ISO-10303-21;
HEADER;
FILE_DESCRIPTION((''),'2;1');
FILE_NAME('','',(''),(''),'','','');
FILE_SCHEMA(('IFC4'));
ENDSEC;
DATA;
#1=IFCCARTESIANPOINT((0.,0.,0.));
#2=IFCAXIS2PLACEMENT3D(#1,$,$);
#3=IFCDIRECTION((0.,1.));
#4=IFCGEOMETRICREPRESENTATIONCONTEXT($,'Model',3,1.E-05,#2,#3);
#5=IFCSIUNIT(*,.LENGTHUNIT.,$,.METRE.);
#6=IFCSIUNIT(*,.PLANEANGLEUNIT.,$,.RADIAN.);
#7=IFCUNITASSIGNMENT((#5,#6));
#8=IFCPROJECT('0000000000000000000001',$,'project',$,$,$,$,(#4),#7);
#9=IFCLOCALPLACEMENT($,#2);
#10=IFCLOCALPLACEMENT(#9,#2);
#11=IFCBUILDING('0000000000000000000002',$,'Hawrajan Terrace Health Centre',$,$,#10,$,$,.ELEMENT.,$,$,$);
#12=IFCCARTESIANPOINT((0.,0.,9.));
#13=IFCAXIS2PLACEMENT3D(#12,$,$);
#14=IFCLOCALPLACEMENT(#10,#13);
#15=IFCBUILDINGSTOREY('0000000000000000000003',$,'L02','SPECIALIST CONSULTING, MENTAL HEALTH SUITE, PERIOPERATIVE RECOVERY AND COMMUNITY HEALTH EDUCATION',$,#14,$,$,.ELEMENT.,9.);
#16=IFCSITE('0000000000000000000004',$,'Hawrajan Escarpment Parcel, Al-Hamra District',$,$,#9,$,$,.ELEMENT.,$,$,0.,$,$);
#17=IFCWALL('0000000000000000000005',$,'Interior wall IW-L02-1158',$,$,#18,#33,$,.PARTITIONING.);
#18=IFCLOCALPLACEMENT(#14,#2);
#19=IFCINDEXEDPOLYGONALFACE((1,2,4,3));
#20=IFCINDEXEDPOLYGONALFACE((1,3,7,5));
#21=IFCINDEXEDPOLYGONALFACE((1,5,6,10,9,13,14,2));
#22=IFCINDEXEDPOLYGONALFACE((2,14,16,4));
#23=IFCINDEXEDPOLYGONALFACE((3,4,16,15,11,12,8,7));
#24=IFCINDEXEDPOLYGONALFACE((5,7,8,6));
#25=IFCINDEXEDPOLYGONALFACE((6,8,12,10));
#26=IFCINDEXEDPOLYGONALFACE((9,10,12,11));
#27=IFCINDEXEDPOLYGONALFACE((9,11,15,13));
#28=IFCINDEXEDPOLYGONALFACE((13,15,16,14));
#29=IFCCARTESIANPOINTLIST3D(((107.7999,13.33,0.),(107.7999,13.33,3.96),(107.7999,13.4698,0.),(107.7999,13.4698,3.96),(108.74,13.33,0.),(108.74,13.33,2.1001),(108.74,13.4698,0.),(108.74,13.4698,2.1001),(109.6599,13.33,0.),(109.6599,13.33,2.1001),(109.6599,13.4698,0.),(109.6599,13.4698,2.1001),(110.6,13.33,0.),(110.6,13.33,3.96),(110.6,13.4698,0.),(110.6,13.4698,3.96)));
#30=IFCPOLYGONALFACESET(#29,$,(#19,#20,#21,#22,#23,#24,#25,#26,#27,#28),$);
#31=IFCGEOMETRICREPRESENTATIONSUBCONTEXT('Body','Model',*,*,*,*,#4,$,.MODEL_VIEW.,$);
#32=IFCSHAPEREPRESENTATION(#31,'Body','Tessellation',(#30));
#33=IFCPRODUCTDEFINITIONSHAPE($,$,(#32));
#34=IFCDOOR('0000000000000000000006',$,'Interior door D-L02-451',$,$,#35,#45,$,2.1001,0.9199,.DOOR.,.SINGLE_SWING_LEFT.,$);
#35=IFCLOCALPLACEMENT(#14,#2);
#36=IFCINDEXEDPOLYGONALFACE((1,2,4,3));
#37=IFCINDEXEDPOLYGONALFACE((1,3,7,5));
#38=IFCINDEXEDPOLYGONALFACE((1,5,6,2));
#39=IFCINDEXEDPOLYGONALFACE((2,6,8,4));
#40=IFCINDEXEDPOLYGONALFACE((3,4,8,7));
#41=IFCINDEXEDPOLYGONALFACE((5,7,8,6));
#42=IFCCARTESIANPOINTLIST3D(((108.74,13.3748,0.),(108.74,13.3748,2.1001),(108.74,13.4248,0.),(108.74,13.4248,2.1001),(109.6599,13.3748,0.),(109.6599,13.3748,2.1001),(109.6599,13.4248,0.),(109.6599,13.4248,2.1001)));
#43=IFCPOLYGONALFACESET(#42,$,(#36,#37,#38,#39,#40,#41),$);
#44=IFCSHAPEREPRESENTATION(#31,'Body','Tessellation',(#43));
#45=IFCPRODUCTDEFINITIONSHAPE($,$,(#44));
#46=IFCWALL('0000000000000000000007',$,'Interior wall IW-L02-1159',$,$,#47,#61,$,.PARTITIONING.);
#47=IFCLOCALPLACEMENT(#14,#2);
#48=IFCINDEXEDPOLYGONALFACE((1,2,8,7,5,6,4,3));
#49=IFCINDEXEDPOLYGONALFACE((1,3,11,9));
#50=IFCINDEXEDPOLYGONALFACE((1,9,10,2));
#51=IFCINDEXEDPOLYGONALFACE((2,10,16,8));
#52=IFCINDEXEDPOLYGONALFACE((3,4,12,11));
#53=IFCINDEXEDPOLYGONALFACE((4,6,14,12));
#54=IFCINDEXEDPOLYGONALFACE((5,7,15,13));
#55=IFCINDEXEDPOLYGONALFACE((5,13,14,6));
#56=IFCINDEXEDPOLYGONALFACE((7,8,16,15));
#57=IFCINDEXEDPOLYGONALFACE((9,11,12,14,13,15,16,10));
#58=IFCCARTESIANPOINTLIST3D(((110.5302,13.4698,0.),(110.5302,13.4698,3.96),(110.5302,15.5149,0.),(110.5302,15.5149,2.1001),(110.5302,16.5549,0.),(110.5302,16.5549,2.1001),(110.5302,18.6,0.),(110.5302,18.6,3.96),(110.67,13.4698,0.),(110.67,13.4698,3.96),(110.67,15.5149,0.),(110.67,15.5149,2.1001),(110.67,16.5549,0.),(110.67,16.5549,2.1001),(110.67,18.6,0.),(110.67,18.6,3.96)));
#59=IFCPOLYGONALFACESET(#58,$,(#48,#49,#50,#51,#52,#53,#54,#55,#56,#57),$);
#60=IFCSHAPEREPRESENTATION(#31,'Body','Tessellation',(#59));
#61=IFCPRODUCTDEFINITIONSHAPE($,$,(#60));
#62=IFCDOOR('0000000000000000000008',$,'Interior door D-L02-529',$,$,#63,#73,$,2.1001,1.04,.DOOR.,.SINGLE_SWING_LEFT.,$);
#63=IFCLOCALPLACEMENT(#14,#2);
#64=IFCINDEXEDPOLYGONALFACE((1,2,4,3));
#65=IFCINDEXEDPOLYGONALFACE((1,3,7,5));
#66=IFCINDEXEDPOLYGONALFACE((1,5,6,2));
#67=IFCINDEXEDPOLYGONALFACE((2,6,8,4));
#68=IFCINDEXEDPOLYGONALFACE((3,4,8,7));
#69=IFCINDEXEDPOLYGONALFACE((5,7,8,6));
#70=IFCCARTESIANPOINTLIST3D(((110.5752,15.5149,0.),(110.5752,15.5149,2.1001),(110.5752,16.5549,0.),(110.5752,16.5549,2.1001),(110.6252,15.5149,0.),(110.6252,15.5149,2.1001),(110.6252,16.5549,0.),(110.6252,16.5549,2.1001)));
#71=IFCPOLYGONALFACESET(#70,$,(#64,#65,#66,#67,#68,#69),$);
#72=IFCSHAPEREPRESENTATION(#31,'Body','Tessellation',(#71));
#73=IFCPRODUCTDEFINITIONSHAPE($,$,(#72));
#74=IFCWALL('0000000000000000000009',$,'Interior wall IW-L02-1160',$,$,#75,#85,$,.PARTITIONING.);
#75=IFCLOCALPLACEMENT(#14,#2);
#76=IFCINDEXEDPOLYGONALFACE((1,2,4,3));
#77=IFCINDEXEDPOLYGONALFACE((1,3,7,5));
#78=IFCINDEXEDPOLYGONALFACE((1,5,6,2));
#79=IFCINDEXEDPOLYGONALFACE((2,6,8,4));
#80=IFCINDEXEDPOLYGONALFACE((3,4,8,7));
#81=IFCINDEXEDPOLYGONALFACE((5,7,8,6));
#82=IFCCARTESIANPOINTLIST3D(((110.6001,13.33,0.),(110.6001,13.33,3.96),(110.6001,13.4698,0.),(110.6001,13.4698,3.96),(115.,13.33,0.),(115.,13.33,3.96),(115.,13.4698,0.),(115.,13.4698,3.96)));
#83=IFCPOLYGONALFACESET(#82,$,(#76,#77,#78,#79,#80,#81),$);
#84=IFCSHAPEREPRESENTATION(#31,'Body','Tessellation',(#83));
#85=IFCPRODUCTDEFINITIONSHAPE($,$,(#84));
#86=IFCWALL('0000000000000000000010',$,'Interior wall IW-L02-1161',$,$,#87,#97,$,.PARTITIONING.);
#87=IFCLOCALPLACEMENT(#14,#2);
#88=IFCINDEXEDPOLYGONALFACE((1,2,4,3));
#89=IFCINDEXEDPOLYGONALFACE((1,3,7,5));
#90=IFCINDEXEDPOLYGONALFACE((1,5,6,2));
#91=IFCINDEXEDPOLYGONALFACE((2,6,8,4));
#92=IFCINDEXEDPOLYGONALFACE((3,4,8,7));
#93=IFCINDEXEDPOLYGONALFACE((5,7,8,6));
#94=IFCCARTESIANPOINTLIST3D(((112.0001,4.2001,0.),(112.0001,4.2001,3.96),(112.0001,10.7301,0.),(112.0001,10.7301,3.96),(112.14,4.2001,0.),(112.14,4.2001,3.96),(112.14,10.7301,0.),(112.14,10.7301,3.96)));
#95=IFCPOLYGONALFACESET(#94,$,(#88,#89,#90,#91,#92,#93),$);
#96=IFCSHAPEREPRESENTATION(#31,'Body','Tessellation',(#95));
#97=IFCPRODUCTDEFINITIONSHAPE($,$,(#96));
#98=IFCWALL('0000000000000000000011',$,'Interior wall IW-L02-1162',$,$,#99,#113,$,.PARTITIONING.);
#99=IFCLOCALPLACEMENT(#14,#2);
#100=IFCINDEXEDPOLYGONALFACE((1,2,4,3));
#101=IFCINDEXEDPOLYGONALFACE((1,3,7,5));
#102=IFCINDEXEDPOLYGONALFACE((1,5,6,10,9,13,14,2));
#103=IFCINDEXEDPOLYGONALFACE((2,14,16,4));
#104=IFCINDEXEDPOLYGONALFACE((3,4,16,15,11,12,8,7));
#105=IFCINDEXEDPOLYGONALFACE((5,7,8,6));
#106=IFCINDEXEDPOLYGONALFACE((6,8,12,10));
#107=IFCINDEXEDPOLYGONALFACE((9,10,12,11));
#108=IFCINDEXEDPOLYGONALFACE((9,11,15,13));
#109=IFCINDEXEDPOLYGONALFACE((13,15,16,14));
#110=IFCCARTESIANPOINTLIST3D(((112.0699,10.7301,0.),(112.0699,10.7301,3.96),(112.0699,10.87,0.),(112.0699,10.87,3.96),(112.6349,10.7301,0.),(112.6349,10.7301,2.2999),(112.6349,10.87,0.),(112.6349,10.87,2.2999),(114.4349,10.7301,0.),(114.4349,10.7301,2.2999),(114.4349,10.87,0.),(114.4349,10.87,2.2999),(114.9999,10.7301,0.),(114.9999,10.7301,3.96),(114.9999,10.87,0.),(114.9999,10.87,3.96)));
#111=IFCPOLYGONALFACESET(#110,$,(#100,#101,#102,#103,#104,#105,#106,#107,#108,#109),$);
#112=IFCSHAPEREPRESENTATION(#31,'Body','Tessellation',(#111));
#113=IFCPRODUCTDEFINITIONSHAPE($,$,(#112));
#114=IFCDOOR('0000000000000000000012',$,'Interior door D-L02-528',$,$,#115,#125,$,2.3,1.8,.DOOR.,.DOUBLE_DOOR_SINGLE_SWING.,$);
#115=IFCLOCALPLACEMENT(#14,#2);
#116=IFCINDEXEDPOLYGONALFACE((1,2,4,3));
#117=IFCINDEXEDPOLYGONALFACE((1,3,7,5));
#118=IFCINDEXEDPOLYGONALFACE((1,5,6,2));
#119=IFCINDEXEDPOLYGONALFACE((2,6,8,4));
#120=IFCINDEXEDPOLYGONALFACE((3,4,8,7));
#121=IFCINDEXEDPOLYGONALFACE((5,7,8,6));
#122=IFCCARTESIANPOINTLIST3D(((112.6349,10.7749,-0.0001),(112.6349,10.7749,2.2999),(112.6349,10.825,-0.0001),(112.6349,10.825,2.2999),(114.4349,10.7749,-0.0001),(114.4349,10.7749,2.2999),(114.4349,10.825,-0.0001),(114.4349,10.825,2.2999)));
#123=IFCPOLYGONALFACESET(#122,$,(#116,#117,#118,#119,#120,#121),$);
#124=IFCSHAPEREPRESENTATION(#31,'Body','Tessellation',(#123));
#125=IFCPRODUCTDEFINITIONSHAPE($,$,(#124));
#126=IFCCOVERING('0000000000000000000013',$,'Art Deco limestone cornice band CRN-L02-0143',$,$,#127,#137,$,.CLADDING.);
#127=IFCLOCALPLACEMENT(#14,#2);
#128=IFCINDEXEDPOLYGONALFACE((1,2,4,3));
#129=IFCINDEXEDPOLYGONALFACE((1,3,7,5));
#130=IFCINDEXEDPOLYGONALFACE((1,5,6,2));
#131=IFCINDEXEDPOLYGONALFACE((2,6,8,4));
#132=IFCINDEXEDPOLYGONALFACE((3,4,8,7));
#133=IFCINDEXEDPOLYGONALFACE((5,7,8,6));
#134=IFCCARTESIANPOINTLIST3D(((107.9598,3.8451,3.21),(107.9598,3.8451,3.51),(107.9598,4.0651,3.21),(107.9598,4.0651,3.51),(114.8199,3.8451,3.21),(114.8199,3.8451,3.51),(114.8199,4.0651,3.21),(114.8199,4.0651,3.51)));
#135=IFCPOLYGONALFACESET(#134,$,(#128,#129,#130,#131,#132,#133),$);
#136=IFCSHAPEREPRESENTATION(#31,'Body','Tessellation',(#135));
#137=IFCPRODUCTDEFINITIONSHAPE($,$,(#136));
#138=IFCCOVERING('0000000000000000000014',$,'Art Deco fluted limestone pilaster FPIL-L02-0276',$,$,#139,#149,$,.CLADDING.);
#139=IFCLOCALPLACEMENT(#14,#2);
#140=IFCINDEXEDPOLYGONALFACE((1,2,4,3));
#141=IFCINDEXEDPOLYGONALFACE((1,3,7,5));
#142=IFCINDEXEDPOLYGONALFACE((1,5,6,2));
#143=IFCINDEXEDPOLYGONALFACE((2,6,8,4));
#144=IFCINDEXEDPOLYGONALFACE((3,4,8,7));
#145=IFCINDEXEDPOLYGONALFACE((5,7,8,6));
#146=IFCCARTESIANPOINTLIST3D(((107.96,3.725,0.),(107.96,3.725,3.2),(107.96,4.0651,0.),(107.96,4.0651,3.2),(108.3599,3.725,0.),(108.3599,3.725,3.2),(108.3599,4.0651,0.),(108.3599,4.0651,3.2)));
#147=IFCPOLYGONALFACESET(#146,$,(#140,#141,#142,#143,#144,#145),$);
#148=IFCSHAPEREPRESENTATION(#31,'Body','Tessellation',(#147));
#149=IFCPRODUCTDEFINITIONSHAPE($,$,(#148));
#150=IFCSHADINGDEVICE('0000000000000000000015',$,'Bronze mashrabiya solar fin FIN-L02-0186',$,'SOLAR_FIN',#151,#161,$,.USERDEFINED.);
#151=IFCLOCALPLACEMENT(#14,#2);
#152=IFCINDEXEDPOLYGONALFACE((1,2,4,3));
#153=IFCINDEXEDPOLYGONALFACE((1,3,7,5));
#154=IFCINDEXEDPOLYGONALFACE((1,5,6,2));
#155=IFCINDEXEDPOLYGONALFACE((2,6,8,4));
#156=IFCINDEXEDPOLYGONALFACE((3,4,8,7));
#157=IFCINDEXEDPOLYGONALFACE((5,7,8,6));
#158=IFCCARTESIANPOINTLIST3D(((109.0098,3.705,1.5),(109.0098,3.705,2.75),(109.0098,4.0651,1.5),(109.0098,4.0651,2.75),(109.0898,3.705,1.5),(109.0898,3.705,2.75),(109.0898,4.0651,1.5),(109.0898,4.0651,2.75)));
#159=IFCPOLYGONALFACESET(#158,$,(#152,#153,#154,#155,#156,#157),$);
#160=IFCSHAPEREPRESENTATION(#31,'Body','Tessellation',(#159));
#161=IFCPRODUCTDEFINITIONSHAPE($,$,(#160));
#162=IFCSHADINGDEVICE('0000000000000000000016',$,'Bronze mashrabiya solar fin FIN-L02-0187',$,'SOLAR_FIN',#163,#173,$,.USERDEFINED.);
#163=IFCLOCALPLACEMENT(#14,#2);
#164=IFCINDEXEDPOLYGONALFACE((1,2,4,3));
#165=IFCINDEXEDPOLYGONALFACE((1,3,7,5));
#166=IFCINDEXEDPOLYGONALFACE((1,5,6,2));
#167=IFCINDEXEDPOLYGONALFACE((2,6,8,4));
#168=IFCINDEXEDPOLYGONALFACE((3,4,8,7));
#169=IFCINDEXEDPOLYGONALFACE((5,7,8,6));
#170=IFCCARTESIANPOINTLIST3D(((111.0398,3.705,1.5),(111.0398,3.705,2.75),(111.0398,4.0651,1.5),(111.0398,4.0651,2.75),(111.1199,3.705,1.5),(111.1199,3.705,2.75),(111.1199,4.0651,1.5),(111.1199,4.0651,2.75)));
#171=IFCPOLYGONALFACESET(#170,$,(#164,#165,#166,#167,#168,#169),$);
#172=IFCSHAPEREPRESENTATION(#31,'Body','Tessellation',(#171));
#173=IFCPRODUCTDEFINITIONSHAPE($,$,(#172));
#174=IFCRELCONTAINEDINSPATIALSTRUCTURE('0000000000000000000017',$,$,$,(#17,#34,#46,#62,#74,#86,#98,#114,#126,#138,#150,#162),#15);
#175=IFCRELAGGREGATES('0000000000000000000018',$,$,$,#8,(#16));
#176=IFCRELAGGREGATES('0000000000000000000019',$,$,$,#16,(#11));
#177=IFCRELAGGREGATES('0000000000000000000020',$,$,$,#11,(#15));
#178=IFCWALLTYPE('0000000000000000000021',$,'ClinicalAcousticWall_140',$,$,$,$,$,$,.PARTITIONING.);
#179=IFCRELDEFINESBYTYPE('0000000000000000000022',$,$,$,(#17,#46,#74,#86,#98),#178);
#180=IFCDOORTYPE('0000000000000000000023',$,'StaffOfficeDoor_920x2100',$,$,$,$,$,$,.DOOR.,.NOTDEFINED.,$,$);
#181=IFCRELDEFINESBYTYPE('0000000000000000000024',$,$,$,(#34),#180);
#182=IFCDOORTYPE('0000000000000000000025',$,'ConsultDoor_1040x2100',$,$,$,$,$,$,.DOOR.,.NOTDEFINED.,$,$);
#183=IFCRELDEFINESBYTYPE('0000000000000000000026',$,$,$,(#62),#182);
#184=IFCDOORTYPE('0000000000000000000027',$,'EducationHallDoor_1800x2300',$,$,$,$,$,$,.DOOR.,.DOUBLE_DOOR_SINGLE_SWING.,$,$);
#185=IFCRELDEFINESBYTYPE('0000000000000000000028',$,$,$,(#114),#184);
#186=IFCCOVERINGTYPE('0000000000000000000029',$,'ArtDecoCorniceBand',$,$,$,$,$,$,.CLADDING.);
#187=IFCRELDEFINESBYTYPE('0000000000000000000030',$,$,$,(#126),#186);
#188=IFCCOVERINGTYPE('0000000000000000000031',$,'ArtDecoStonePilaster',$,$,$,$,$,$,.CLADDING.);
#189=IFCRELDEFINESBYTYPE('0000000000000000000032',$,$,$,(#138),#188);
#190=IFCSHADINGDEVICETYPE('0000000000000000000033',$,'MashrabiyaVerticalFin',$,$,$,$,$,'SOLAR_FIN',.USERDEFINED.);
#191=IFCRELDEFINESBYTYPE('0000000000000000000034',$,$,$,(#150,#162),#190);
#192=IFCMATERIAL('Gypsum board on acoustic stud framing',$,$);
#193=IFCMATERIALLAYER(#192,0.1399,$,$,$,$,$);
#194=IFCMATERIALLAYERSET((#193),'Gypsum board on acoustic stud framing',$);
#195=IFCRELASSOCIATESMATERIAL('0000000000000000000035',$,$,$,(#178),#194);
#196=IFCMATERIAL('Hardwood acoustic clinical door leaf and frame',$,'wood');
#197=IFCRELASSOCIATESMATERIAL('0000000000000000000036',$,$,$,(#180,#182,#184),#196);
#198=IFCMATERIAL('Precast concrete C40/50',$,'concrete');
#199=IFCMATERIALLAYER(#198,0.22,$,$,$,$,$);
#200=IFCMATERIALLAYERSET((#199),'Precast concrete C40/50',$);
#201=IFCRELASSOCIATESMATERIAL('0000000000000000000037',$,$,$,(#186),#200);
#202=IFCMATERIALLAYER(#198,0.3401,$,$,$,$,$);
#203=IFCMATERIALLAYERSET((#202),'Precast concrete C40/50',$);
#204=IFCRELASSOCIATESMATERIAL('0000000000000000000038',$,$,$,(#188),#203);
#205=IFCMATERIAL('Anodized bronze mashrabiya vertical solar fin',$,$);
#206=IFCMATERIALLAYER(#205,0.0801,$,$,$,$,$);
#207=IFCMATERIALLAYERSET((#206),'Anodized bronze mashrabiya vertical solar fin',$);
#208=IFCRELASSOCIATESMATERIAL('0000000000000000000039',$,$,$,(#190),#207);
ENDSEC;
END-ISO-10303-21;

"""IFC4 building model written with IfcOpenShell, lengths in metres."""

from ifc_helpers import new_model, si_unit, direction, frame, frame_2d, origin, origin_2d, place, context, subcontext, project, spatial, rectangle, extrude, material, layer, layer_set, type_object, element, fill, save


model = new_model("IFC4")

# Units and contexts
model_context = context("Model", 3, precision=1e-05, world=origin(), true_north=direction((0.0, 1.0)))
body_context = subcontext(model_context, "Body", "Model", "MODEL_VIEW")
ifc_project = project(units=[si_unit("LENGTHUNIT", "METRE"), si_unit("PLANEANGLEUNIT", "RADIAN")], contexts=[model_context])

# Site, building, storey
site_placement = place(None, origin())
site = spatial("IfcSite", under=ifc_project, at=site_placement, Name="Hawrajan Escarpment Parcel, Al-Hamra District", CompositionType="ELEMENT", RefElevation=0.0)
building_placement = place(site_placement, origin())
building = spatial("IfcBuilding", under=site, at=building_placement, Name="Hawrajan Terrace Health Centre", CompositionType="ELEMENT")
storey_placement = place(building_placement, frame((0.0, 0.0, 9.0)))
storey = spatial("IfcBuildingStorey", under=building, at=storey_placement, Name="L02", Description="SPECIALIST CONSULTING, MENTAL HEALTH SUITE, PERIOPERATIVE RECOVERY AND COMMUNITY HEALTH EDUCATION", CompositionType="ELEMENT", Elevation=9.0)

# Shared definitions
ifc_material_1 = material(Name="Precast concrete C40/50", Category="concrete")

# Shared definitions
ifc_material_2 = material(Name="Gypsum board on acoustic stud framing")
ifc_layer_1 = layer(ifc_material_2, 0.1399)
ifc_layer_set_1 = layer_set([ifc_layer_1], Name="Gypsum board on acoustic stud framing")
wall_type_1 = type_object("IfcWallType", Name="ClinicalAcousticWall_140", PredefinedType="PARTITIONING", material=ifc_layer_set_1)

# Walls, openings, doors
wall_1_placement = place(storey_placement, frame((107.8, 13.3999, 0.0), z_axis=(0.0, 0.0, 1.0), x_axis=(1.0, 0.0, 0.0)))
wall_1 = element("IfcWall", 1, at=wall_1_placement, inside=storey, type_object=wall_type_1, Name="Interior wall IW-L02-1158", PredefinedType="PARTITIONING", context=body_context, shape_type="SweptSolid", body=[
    extrude(rectangle(XDim=2.8, YDim=0.1399, at=frame_2d((1.3999, 0.0))), origin(), (0.0, 0.0, 1.0), 3.96),
])
opening_1_placement = place(wall_1_placement, frame((0.9399, 0.0, 0.0)))
opening_1 = element("IfcOpeningElement", 2, at=opening_1_placement, cuts=wall_1, PredefinedType="OPENING", context=body_context, shape_type="SweptSolid", body=[
    extrude(rectangle(XDim=0.9199, YDim=2.1001, at=frame_2d((0.46, 1.05))), frame((0.0, 0.0798, 0.0), z_axis=(0.0, -1.0, 0.0), x_axis=(1.0, 0.0, 0.0)), (0.0, 0.0, 1.0), 0.1599),
])
ifc_material_3 = material(Name="Hardwood acoustic clinical door leaf and frame", Category="wood")
door_type_1 = type_object("IfcDoorType", Name="StaffOfficeDoor_920x2100", OperationType="NOTDEFINED", PredefinedType="DOOR", material=ifc_material_3)
door_1_placement = place(opening_1_placement, origin())
door_1 = element("IfcDoor", 3, at=door_1_placement, inside=storey, type_object=door_type_1, Name="Interior door D-L02-451", OperationType="SINGLE_SWING_LEFT", OverallHeight=2.1001, OverallWidth=0.9199, PredefinedType="DOOR", context=body_context, shape_type="SweptSolid", body=[
    extrude(rectangle(XDim=0.9199, YDim=2.1001, at=frame_2d((0.46, 1.05))), frame((0.0, 0.0249, 0.0), z_axis=(0.0, -1.0, 0.0), x_axis=(1.0, 0.0, 0.0)), (0.0, 0.0, 1.0), 0.05),
])
fill(opening_1, door_1)
wall_2_placement = place(storey_placement, frame((110.6001, 13.47, 0.0), z_axis=(0.0, 0.0, 1.0), x_axis=(0.0, 1.0, 0.0)))
wall_2 = element("IfcWall", 4, at=wall_2_placement, inside=storey, type_object=wall_type_1, Name="Interior wall IW-L02-1159", PredefinedType="PARTITIONING", context=body_context, shape_type="SweptSolid", body=[
    extrude(rectangle(XDim=5.1301, YDim=0.1399, at=frame_2d((2.5649, 0.0))), origin(), (0.0, 0.0, 1.0), 3.96),
])
opening_2_placement = place(wall_2_placement, frame((2.0449, 0.0, 0.0)))
opening_2 = element("IfcOpeningElement", 5, at=opening_2_placement, cuts=wall_2, PredefinedType="OPENING", context=body_context, shape_type="SweptSolid", body=[
    extrude(rectangle(XDim=1.04, YDim=2.1001, at=frame_2d((0.52, 1.05))), frame((0.0, 0.0798, 0.0), z_axis=(0.0, -1.0, 0.0), x_axis=(1.0, 0.0, 0.0)), (0.0, 0.0, 1.0), 0.1599),
])
door_type_2 = type_object("IfcDoorType", Name="ConsultDoor_1040x2100", OperationType="NOTDEFINED", PredefinedType="DOOR", material=ifc_material_3)
door_2_placement = place(opening_2_placement, origin())
door_2 = element("IfcDoor", 6, at=door_2_placement, inside=storey, type_object=door_type_2, Name="Interior door D-L02-529", OperationType="SINGLE_SWING_LEFT", OverallHeight=2.1001, OverallWidth=1.04, PredefinedType="DOOR", context=body_context, shape_type="SweptSolid", body=[
    extrude(rectangle(XDim=1.04, YDim=2.1001, at=frame_2d((0.52, 1.05))), frame((0.0, 0.0249, 0.0), z_axis=(0.0, -1.0, 0.0), x_axis=(1.0, 0.0, 0.0)), (0.0, 0.0, 1.0), 0.05),
])
fill(opening_2, door_2)

# Walls
wall_3_placement = place(storey_placement, frame((110.6001, 13.3999, 0.0), z_axis=(0.0, 0.0, 1.0), x_axis=(1.0, 0.0, 0.0)))
element("IfcWall", 7, at=wall_3_placement, inside=storey, type_object=wall_type_1, Name="Interior wall IW-L02-1160", PredefinedType="PARTITIONING", context=body_context, shape_type="SweptSolid", body=[
    extrude(rectangle(XDim=4.3999, YDim=0.1399, at=frame_2d((2.2, 0.0))), origin(), (0.0, 0.0, 1.0), 3.96),
])
wall_4_placement = place(storey_placement, frame((112.0701, 4.2, 0.0), z_axis=(0.0, 0.0, 1.0), x_axis=(0.0, 1.0, 0.0)))
element("IfcWall", 8, at=wall_4_placement, inside=storey, type_object=wall_type_1, Name="Interior wall IW-L02-1161", PredefinedType="PARTITIONING", context=body_context, shape_type="SweptSolid", body=[
    extrude(rectangle(XDim=6.53, YDim=0.1399, at=frame_2d((3.2651, 0.0))), origin(), (0.0, 0.0, 1.0), 3.96),
])

# Wall, opening, door
wall_5_placement = place(storey_placement, frame((112.0701, 10.8, 0.0), z_axis=(0.0, 0.0, 1.0), x_axis=(1.0, 0.0, 0.0)))
wall_5 = element("IfcWall", 9, at=wall_5_placement, inside=storey, type_object=wall_type_1, Name="Interior wall IW-L02-1162", PredefinedType="PARTITIONING", context=body_context, shape_type="SweptSolid", body=[
    extrude(rectangle(XDim=2.9299, YDim=0.1399, at=frame_2d((1.4648, 0.0))), origin(), (0.0, 0.0, 1.0), 3.96),
])
opening_3_placement = place(wall_5_placement, frame((0.5649, 0.0, 0.0)))
opening_3 = element("IfcOpeningElement", 10, at=opening_3_placement, cuts=wall_5, PredefinedType="OPENING", context=body_context, shape_type="SweptSolid", body=[
    extrude(rectangle(XDim=1.8, YDim=2.3, at=frame_2d((0.8999, 1.1499))), frame((0.0, 0.0798, 0.0), z_axis=(0.0, -1.0, 0.0), x_axis=(1.0, 0.0, 0.0)), (0.0, 0.0, 1.0), 0.1599),
])
door_type_3 = type_object("IfcDoorType", Name="EducationHallDoor_1800x2300", OperationType="DOUBLE_DOOR_SINGLE_SWING", PredefinedType="DOOR", material=ifc_material_3)
door_3_placement = place(opening_3_placement, origin())
door_3 = element("IfcDoor", 11, at=door_3_placement, inside=storey, type_object=door_type_3, Name="Interior door D-L02-528", OperationType="DOUBLE_DOOR_SINGLE_SWING", OverallHeight=2.3, OverallWidth=1.8, PredefinedType="DOOR", context=body_context, shape_type="SweptSolid", body=[
    extrude(rectangle(XDim=1.8, YDim=2.3, at=frame_2d((0.8999, 1.1499))), frame((0.0, 0.0249, 0.0), z_axis=(0.0, -1.0, 0.0), x_axis=(1.0, 0.0, 0.0)), (0.0, 0.0, 1.0), 0.05),
])
fill(opening_3, door_3)

# Coverings
ifc_layer_2 = layer(ifc_material_1, 0.22)
ifc_layer_set_2 = layer_set([ifc_layer_2], Name="Precast concrete C40/50")
covering_type_1 = type_object("IfcCoveringType", Name="ArtDecoCorniceBand", PredefinedType="CLADDING", material=ifc_layer_set_2)
covering_1_placement = place(storey_placement, frame((111.3899, 3.9551, 3.21), z_axis=(0.0, 0.0, 1.0), x_axis=(1.0, 0.0, 0.0)))
element("IfcCovering", 12, at=covering_1_placement, inside=storey, type_object=covering_type_1, Name="Art Deco limestone cornice band CRN-L02-0143", PredefinedType="CLADDING", context=body_context, shape_type="SweptSolid", body=[
    extrude(rectangle(XDim=6.8601, YDim=0.22, at=origin_2d()), origin(), (0.0, 0.0, 1.0), 0.3),
])
ifc_layer_3 = layer(ifc_material_1, 0.3401)
ifc_layer_set_3 = layer_set([ifc_layer_3], Name="Precast concrete C40/50")
covering_type_2 = type_object("IfcCoveringType", Name="ArtDecoStonePilaster", PredefinedType="CLADDING", material=ifc_layer_set_3)
covering_2_placement = place(storey_placement, frame((108.1599, 3.895, 0.0), z_axis=(0.0, 0.0, 1.0), x_axis=(1.0, 0.0, 0.0)))
element("IfcCovering", 13, at=covering_2_placement, inside=storey, type_object=covering_type_2, Name="Art Deco fluted limestone pilaster FPIL-L02-0276", PredefinedType="CLADDING", context=body_context, shape_type="SweptSolid", body=[
    extrude(rectangle(XDim=0.3999, YDim=0.3401, at=origin_2d()), origin(), (0.0, 0.0, 1.0), 3.2),
])

# Shading devices
ifc_material_4 = material(Name="Anodized bronze mashrabiya vertical solar fin")
ifc_layer_4 = layer(ifc_material_4, 0.0801)
ifc_layer_set_4 = layer_set([ifc_layer_4], Name="Anodized bronze mashrabiya vertical solar fin")
shading_device_type = type_object("IfcShadingDeviceType", Name="MashrabiyaVerticalFin", ElementType="SOLAR_FIN", PredefinedType="USERDEFINED", material=ifc_layer_set_4)
for number, where, z_axis, x_axis, name in (
    (14, (109.0498, 3.885, 1.5), (0.0, 0.0, 1.0), (1.0, 0.0, 0.0), "Bronze mashrabiya solar fin FIN-L02-0186"),
    (15, (111.0798, 3.885, 1.5), (0.0, 0.0, 1.0), (1.0, 0.0, 0.0), "Bronze mashrabiya solar fin FIN-L02-0187"),
):
    element("IfcShadingDevice", number, at=place(storey_placement, frame(where, z_axis=z_axis, x_axis=x_axis)), inside=storey, type_object=shading_device_type, Name=name, ObjectType="SOLAR_FIN", PredefinedType="USERDEFINED", context=body_context, shape_type="SweptSolid", body=[
        extrude(rectangle(XDim=0.0801, YDim=0.3601, at=origin_2d()), origin(), (0.0, 0.0, 1.0), 1.25),
    ])

save(model, "model.ifc")
